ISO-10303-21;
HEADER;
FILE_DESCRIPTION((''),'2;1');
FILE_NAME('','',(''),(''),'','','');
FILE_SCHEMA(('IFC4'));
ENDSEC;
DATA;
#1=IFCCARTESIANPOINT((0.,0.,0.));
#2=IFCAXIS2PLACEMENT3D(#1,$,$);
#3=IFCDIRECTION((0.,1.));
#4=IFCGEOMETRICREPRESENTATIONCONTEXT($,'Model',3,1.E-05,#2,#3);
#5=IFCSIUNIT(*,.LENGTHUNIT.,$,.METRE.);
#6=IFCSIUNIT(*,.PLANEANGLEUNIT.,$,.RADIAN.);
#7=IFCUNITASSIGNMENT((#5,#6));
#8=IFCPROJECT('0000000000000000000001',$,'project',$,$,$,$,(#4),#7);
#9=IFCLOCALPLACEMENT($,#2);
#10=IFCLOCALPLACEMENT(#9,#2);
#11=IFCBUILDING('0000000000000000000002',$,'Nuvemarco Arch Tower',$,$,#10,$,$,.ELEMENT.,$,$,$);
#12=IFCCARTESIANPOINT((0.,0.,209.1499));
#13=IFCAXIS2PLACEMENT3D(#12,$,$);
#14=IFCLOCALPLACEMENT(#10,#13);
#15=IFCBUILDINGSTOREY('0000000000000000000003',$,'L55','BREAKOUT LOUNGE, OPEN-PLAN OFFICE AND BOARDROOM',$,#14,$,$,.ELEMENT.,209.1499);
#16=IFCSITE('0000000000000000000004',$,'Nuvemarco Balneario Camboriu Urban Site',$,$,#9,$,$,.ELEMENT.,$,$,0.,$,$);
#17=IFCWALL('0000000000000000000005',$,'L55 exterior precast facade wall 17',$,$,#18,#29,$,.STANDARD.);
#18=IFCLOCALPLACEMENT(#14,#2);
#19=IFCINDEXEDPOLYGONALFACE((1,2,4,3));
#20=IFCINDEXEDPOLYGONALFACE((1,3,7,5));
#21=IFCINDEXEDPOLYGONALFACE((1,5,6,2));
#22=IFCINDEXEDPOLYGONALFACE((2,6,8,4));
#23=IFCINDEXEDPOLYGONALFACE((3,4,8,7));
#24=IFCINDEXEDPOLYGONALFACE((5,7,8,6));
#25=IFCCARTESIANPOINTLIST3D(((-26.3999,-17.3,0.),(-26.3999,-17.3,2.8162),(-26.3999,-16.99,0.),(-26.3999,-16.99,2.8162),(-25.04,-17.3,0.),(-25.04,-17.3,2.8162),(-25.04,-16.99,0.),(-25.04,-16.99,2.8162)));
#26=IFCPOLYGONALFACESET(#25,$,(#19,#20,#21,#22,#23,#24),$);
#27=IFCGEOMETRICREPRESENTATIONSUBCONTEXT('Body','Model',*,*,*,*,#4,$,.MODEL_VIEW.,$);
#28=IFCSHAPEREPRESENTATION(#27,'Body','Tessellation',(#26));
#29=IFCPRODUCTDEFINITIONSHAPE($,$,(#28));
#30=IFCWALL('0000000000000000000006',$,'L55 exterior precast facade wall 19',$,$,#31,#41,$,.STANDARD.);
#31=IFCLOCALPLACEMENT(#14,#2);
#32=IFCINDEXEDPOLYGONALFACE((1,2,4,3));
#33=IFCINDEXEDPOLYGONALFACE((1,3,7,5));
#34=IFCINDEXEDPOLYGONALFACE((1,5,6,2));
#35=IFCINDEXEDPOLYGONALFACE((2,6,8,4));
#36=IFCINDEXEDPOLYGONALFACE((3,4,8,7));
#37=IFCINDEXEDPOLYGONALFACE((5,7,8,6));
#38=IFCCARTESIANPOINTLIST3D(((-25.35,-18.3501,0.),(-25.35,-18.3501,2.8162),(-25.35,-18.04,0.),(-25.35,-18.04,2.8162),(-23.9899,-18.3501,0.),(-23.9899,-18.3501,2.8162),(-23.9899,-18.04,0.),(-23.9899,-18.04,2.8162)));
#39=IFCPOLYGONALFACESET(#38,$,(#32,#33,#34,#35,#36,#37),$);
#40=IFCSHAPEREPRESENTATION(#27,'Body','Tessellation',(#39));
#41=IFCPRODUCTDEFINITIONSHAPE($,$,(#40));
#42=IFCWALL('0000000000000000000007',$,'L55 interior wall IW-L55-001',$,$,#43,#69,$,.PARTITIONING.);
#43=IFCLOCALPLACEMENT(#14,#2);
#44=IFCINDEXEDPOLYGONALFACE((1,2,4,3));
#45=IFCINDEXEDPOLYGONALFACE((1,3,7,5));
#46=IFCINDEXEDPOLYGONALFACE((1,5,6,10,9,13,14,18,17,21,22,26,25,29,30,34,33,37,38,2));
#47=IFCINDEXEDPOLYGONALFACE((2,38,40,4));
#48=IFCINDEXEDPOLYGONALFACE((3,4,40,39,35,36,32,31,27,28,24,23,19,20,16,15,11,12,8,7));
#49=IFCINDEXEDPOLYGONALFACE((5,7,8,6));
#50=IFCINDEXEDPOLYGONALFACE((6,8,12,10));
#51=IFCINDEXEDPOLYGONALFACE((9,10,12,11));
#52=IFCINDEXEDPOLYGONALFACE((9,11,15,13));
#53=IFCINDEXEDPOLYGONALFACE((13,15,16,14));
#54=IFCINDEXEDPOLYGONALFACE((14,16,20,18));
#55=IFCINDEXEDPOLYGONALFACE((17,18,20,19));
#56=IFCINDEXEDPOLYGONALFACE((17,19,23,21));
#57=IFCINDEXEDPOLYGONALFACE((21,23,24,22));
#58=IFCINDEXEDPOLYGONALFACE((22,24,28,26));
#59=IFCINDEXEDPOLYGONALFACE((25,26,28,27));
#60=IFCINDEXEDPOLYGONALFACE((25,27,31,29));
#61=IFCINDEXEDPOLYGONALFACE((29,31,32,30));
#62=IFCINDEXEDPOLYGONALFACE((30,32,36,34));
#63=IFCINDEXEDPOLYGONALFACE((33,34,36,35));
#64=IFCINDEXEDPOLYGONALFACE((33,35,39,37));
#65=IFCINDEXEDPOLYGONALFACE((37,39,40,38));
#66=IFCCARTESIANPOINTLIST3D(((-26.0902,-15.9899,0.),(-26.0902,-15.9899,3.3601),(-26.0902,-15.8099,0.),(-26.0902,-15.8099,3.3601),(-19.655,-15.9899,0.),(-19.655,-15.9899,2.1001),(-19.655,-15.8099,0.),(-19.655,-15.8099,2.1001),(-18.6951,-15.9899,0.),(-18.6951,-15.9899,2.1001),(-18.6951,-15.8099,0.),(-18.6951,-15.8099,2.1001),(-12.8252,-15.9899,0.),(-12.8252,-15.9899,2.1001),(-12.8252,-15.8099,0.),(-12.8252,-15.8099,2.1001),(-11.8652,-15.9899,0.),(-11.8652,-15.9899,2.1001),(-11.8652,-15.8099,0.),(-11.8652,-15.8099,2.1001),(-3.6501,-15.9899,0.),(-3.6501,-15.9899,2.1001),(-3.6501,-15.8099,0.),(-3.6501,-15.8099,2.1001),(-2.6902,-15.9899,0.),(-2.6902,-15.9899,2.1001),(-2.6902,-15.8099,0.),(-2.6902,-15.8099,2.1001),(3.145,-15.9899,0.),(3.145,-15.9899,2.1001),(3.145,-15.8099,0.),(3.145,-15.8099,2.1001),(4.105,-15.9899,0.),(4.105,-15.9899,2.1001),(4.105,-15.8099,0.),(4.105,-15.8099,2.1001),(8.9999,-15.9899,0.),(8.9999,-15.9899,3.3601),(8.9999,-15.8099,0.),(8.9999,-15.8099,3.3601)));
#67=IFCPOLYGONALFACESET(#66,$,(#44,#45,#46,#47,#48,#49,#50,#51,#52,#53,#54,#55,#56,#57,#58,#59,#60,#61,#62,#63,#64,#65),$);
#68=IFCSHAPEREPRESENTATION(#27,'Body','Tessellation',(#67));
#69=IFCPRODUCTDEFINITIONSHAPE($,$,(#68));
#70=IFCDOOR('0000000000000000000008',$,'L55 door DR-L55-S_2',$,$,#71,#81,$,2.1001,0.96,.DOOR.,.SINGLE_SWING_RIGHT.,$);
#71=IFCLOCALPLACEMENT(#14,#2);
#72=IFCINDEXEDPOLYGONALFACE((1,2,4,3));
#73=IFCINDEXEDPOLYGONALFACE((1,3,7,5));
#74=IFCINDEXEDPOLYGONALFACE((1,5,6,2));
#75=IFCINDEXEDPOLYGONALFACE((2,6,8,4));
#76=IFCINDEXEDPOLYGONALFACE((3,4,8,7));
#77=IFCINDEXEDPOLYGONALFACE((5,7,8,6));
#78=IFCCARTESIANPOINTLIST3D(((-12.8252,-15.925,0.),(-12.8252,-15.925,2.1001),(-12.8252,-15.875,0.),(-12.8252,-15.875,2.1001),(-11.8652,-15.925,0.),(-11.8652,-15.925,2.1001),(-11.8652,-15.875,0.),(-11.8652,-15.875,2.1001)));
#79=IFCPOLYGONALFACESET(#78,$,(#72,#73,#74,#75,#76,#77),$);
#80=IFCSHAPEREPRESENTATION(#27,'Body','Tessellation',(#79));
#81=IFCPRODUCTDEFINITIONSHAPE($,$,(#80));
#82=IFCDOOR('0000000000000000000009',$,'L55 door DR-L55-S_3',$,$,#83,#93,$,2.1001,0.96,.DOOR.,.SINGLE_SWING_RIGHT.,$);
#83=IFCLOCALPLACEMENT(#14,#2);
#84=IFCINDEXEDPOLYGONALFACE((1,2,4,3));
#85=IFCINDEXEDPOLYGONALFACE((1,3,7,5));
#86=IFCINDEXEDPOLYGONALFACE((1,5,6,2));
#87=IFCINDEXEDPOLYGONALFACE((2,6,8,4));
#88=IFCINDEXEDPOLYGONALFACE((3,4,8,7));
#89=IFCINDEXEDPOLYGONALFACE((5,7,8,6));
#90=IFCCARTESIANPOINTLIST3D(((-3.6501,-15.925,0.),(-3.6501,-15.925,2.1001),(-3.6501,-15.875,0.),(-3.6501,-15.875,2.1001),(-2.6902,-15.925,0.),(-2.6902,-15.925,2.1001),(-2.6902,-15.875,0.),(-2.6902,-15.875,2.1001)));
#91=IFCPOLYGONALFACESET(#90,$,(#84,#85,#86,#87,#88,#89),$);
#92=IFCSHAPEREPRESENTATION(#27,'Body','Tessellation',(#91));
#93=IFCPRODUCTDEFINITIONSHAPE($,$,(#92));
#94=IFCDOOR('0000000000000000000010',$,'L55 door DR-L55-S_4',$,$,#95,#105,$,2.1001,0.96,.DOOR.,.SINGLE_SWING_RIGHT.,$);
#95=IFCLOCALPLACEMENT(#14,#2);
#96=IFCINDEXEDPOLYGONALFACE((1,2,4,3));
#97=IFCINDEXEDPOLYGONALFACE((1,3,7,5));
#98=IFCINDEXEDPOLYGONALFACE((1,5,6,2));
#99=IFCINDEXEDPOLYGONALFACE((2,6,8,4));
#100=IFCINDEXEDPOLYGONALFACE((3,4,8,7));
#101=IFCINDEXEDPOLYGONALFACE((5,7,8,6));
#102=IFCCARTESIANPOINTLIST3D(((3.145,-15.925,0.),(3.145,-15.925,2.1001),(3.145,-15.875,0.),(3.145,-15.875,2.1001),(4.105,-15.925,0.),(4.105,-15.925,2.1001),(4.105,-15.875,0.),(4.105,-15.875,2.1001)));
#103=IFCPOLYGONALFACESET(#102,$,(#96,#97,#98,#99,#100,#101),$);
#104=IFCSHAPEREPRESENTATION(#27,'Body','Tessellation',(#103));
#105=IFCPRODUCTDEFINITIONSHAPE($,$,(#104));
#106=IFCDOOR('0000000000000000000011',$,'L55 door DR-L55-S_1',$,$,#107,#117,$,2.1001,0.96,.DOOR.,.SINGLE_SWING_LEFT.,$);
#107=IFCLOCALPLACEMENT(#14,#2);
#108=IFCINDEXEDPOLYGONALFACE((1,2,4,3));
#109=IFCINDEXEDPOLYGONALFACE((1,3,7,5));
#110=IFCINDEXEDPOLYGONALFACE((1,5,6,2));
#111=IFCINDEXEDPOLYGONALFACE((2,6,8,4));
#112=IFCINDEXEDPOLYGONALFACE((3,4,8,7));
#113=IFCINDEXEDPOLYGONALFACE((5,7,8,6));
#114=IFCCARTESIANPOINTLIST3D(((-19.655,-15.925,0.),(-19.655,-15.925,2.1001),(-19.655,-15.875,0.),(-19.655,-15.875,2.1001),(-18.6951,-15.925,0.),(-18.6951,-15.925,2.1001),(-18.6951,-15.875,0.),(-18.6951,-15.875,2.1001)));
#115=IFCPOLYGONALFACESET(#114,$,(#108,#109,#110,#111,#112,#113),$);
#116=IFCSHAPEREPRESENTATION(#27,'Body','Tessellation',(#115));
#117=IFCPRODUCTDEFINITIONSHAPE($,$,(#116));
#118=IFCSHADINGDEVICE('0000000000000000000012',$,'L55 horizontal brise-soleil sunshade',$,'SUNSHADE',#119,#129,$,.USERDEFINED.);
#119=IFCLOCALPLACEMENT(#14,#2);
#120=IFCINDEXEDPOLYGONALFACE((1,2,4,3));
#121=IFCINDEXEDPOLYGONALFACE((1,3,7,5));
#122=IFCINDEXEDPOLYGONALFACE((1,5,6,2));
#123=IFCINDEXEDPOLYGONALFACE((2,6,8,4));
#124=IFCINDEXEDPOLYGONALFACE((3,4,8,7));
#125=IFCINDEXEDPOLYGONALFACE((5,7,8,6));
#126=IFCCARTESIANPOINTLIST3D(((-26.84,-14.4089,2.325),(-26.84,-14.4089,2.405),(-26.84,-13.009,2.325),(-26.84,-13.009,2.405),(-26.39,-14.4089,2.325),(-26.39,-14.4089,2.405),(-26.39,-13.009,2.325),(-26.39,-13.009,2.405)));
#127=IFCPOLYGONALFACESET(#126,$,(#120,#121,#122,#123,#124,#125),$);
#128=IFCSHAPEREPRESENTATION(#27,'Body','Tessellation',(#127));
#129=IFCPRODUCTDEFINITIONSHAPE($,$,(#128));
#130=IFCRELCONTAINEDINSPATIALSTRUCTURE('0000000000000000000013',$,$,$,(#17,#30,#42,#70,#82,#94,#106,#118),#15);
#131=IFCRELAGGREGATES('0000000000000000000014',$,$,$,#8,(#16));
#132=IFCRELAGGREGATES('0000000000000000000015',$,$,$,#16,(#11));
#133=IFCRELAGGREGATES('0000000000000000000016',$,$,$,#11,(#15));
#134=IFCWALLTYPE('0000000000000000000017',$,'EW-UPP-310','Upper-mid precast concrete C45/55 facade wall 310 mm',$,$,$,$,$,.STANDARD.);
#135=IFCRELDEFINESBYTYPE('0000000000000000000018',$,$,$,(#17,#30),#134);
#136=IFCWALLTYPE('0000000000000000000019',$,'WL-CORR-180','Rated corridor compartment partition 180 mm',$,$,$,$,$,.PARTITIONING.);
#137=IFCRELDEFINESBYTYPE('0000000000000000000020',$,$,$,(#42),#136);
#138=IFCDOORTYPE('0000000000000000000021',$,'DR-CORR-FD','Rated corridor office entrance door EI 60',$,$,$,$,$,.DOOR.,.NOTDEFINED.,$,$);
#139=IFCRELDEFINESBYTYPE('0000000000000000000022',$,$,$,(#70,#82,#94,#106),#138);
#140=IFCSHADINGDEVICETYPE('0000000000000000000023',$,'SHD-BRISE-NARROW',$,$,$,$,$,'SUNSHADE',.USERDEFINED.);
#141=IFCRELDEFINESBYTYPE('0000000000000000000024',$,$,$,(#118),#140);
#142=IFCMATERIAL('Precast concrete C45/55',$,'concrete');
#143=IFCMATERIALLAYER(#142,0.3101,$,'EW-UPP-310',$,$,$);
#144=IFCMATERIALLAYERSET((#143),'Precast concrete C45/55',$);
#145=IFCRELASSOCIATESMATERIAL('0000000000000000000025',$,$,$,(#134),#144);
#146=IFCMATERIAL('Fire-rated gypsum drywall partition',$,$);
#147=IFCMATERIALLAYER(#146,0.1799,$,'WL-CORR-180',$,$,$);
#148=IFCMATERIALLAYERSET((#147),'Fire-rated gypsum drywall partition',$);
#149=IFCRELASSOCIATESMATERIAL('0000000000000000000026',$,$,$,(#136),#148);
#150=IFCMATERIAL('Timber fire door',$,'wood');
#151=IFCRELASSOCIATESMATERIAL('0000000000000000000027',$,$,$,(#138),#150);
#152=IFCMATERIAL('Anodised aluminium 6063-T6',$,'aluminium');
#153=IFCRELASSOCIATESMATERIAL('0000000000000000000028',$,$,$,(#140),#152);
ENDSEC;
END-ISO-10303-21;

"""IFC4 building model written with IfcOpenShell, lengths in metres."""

from ifc_helpers import new_model, si_unit, direction, frame, frame_2d, origin, origin_2d, place, context, subcontext, project, spatial, rectangle, extrude, source, transform, mapped, material, layer, layer_set, type_object, type_shapes, element, fill, save


model = new_model("IFC4")

# Units and contexts
model_context = context("Model", 3, precision=1e-05, world=origin(), true_north=direction((0.0, 1.0)))
body_context = subcontext(model_context, "Body", "Model", "MODEL_VIEW")
ifc_project = project(units=[si_unit("LENGTHUNIT", "METRE"), si_unit("PLANEANGLEUNIT", "RADIAN")], contexts=[model_context])

# Site, building, storey
site_placement = place(None, origin())
site = spatial("IfcSite", under=ifc_project, at=site_placement, Name="Nuvemarco Balneario Camboriu Urban Site", CompositionType="ELEMENT", RefElevation=0.0)
building_placement = place(site_placement, origin())
building = spatial("IfcBuilding", under=site, at=building_placement, Name="Nuvemarco Arch Tower", CompositionType="ELEMENT")
storey_placement = place(building_placement, frame((0.0, 0.0, 209.1499)))
storey = spatial("IfcBuildingStorey", under=building, at=storey_placement, Name="L55", Description="BREAKOUT LOUNGE, OPEN-PLAN OFFICE AND BOARDROOM", CompositionType="ELEMENT", Elevation=209.1499)

# Shared definitions
ifc_material_1 = material(Name="Precast concrete C45/55", Category="concrete")

# Shared definitions
ifc_layer_1 = layer(ifc_material_1, 0.3101, Name="EW-UPP-310")
ifc_layer_set_1 = layer_set([ifc_layer_1], Name="Precast concrete C45/55")
wall_type_1 = type_object("IfcWallType", Name="EW-UPP-310", Description="Upper-mid precast concrete C45/55 facade wall 310 mm", PredefinedType="STANDARD", material=ifc_layer_set_1)

# Walls
wall_1_placement = place(storey_placement, frame((-26.3999, -17.145, 0.0), z_axis=(0.0, 0.0, 1.0), x_axis=(1.0, 0.0, 0.0)))
element("IfcWall", 1, at=wall_1_placement, inside=storey, type_object=wall_type_1, Name="L55 exterior precast facade wall 17", PredefinedType="STANDARD", context=body_context, shape_type="SweptSolid", body=[
    extrude(rectangle(XDim=1.3599, YDim=0.3101, at=frame_2d((0.6799, 0.0))), origin(), (0.0, 0.0, 1.0), 2.8162),
])
wall_2_placement = place(storey_placement, frame((-25.3501, -18.1951, 0.0), z_axis=(0.0, 0.0, 1.0), x_axis=(1.0, 0.0, 0.0)))
element("IfcWall", 2, at=wall_2_placement, inside=storey, type_object=wall_type_1, Name="L55 exterior precast facade wall 19", PredefinedType="STANDARD", context=body_context, shape_type="SweptSolid", body=[
    extrude(rectangle(XDim=1.3601, YDim=0.3101, at=frame_2d((0.6802, 0.0))), origin(), (0.0, 0.0, 1.0), 2.8162),
])

# Wall, openings, doors
ifc_material_2 = material(Name="Fire-rated gypsum drywall partition")
ifc_layer_2 = layer(ifc_material_2, 0.1799, Name="WL-CORR-180")
ifc_layer_set_2 = layer_set([ifc_layer_2], Name="Fire-rated gypsum drywall partition")
wall_type_2 = type_object("IfcWallType", Name="WL-CORR-180", Description="Rated corridor compartment partition 180 mm", PredefinedType="PARTITIONING", material=ifc_layer_set_2)
wall_3_placement = place(storey_placement, frame((-26.0901, -15.8999, 0.0), z_axis=(0.0, 0.0, 1.0), x_axis=(1.0, 0.0, 0.0)))
wall_3 = element("IfcWall", 3, at=wall_3_placement, inside=storey, type_object=wall_type_2, Name="L55 interior wall IW-L55-001", PredefinedType="PARTITIONING", context=body_context, shape_type="SweptSolid", body=[
    extrude(rectangle(XDim=35.0901, YDim=0.1799, at=frame_2d((17.5449, 0.0))), origin(), (0.0, 0.0, 1.0), 3.3601),
])
opening_1_placement = place(wall_3_placement, frame((13.2649, 0.0, 0.0)))
opening_1 = element("IfcOpeningElement", 4, at=opening_1_placement, cuts=wall_3, PredefinedType="OPENING", context=body_context, shape_type="SweptSolid", body=[
    extrude(rectangle(XDim=0.96, YDim=2.1001, at=frame_2d((0.48, 1.05))), frame((0.0, 0.0999, 0.0), z_axis=(0.0, -1.0, 0.0), x_axis=(1.0, 0.0, 0.0)), (0.0, 0.0, 1.0), 0.2),
])
opening_2_placement = place(wall_3_placement, frame((22.4399, 0.0, 0.0)))
opening_2 = element("IfcOpeningElement", 5, at=opening_2_placement, cuts=wall_3, PredefinedType="OPENING", context=body_context, shape_type="SweptSolid", body=[
    extrude(rectangle(XDim=0.96, YDim=2.1001, at=frame_2d((0.48, 1.05))), frame((0.0, 0.0999, 0.0), z_axis=(0.0, -1.0, 0.0), x_axis=(1.0, 0.0, 0.0)), (0.0, 0.0, 1.0), 0.2),
])
opening_3_placement = place(wall_3_placement, frame((29.2351, 0.0, 0.0)))
opening_3 = element("IfcOpeningElement", 6, at=opening_3_placement, cuts=wall_3, PredefinedType="OPENING", context=body_context, shape_type="SweptSolid", body=[
    extrude(rectangle(XDim=0.96, YDim=2.1001, at=frame_2d((0.48, 1.05))), frame((0.0, 0.0999, 0.0), z_axis=(0.0, -1.0, 0.0), x_axis=(1.0, 0.0, 0.0)), (0.0, 0.0, 1.0), 0.2),
])
opening_4_placement = place(wall_3_placement, frame((6.4351, 0.0, 0.0)))
opening_4 = element("IfcOpeningElement", 7, at=opening_4_placement, cuts=wall_3, PredefinedType="OPENING", context=body_context, shape_type="SweptSolid", body=[
    extrude(rectangle(XDim=0.96, YDim=2.1001, at=frame_2d((0.48, 1.05))), frame((0.0, 0.0999, 0.0), z_axis=(0.0, -1.0, 0.0), x_axis=(1.0, 0.0, 0.0)), (0.0, 0.0, 1.0), 0.2),
])
ifc_material_3 = material(Name="Timber fire door", Category="wood")
door_type_1 = type_object("IfcDoorType", Name="DR-CORR-FD", Description="Rated corridor office entrance door EI 60", OperationType="NOTDEFINED", PredefinedType="DOOR", material=ifc_material_3)
shared_shape_1 = source(origin(), body_context, "Body", "SweptSolid", [
    extrude(rectangle(XDim=0.96, YDim=2.1001, at=frame_2d((0.48, 1.05))), frame((0.0, 0.0249, 0.0), z_axis=(0.0, -1.0, 0.0), x_axis=(1.0, 0.0, 0.0)), (0.0, 0.0, 1.0), 0.05),
])
type_shapes(door_type_1, [shared_shape_1])
door_1_placement = place(opening_1_placement, origin())
door_1 = element("IfcDoor", 8, at=door_1_placement, inside=storey, type_object=door_type_1, Name="L55 door DR-L55-S_2", OperationType="SINGLE_SWING_RIGHT", OverallHeight=2.1001, OverallWidth=0.96, PredefinedType="DOOR", context=body_context, shape_type="MappedRepresentation", body=[
    mapped(shared_shape_1, transform((0.0, 0.0, 0.0), scale=1.0)),
])
fill(opening_1, door_1)
door_2_placement = place(opening_2_placement, origin())
door_2 = element("IfcDoor", 9, at=door_2_placement, inside=storey, type_object=door_type_1, Name="L55 door DR-L55-S_3", OperationType="SINGLE_SWING_RIGHT", OverallHeight=2.1001, OverallWidth=0.96, PredefinedType="DOOR", context=body_context, shape_type="MappedRepresentation", body=[
    mapped(shared_shape_1, transform((0.0, 0.0, 0.0), scale=1.0)),
])
fill(opening_2, door_2)
door_3_placement = place(opening_3_placement, origin())
door_3 = element("IfcDoor", 10, at=door_3_placement, inside=storey, type_object=door_type_1, Name="L55 door DR-L55-S_4", OperationType="SINGLE_SWING_RIGHT", OverallHeight=2.1001, OverallWidth=0.96, PredefinedType="DOOR", context=body_context, shape_type="MappedRepresentation", body=[
    mapped(shared_shape_1, transform((0.0, 0.0, 0.0), scale=1.0)),
])
fill(opening_3, door_3)
door_4_placement = place(opening_4_placement, origin())
door_4 = element("IfcDoor", 11, at=door_4_placement, inside=storey, type_object=door_type_1, Name="L55 door DR-L55-S_1", OperationType="SINGLE_SWING_LEFT", OverallHeight=2.1001, OverallWidth=0.96, PredefinedType="DOOR", context=body_context, shape_type="MappedRepresentation", body=[
    mapped(shared_shape_1, transform((0.0, 0.0, 0.0), scale=1.0)),
])
fill(opening_4, door_4)

# Shading device
ifc_material_4 = material(Name="Anodised aluminium 6063-T6", Category="aluminium")
shading_device_type = type_object("IfcShadingDeviceType", Name="SHD-BRISE-NARROW", ElementType="SUNSHADE", PredefinedType="USERDEFINED", material=ifc_material_4)
shared_shape_2 = source(origin(), body_context, "Body", "SweptSolid", [
    extrude(rectangle(XDim=1.3999, YDim=0.45, at=origin_2d()), origin(), (0.0, 0.0, 1.0), 0.0801),
])
type_shapes(shading_device_type, [shared_shape_2])
shading_device_placement = place(storey_placement, frame((-26.615, -13.709, 2.325), z_axis=(0.0, 0.0, 1.0), x_axis=(0.0, 1.0, 0.0)))
element("IfcShadingDevice", 12, at=shading_device_placement, inside=storey, type_object=shading_device_type, Name="L55 horizontal brise-soleil sunshade", ObjectType="SUNSHADE", PredefinedType="USERDEFINED", context=body_context, shape_type="MappedRepresentation", body=[
    mapped(shared_shape_2, transform((0.0, 0.0, 0.0), scale=1.0)),
])

save(model, "model.ifc")
